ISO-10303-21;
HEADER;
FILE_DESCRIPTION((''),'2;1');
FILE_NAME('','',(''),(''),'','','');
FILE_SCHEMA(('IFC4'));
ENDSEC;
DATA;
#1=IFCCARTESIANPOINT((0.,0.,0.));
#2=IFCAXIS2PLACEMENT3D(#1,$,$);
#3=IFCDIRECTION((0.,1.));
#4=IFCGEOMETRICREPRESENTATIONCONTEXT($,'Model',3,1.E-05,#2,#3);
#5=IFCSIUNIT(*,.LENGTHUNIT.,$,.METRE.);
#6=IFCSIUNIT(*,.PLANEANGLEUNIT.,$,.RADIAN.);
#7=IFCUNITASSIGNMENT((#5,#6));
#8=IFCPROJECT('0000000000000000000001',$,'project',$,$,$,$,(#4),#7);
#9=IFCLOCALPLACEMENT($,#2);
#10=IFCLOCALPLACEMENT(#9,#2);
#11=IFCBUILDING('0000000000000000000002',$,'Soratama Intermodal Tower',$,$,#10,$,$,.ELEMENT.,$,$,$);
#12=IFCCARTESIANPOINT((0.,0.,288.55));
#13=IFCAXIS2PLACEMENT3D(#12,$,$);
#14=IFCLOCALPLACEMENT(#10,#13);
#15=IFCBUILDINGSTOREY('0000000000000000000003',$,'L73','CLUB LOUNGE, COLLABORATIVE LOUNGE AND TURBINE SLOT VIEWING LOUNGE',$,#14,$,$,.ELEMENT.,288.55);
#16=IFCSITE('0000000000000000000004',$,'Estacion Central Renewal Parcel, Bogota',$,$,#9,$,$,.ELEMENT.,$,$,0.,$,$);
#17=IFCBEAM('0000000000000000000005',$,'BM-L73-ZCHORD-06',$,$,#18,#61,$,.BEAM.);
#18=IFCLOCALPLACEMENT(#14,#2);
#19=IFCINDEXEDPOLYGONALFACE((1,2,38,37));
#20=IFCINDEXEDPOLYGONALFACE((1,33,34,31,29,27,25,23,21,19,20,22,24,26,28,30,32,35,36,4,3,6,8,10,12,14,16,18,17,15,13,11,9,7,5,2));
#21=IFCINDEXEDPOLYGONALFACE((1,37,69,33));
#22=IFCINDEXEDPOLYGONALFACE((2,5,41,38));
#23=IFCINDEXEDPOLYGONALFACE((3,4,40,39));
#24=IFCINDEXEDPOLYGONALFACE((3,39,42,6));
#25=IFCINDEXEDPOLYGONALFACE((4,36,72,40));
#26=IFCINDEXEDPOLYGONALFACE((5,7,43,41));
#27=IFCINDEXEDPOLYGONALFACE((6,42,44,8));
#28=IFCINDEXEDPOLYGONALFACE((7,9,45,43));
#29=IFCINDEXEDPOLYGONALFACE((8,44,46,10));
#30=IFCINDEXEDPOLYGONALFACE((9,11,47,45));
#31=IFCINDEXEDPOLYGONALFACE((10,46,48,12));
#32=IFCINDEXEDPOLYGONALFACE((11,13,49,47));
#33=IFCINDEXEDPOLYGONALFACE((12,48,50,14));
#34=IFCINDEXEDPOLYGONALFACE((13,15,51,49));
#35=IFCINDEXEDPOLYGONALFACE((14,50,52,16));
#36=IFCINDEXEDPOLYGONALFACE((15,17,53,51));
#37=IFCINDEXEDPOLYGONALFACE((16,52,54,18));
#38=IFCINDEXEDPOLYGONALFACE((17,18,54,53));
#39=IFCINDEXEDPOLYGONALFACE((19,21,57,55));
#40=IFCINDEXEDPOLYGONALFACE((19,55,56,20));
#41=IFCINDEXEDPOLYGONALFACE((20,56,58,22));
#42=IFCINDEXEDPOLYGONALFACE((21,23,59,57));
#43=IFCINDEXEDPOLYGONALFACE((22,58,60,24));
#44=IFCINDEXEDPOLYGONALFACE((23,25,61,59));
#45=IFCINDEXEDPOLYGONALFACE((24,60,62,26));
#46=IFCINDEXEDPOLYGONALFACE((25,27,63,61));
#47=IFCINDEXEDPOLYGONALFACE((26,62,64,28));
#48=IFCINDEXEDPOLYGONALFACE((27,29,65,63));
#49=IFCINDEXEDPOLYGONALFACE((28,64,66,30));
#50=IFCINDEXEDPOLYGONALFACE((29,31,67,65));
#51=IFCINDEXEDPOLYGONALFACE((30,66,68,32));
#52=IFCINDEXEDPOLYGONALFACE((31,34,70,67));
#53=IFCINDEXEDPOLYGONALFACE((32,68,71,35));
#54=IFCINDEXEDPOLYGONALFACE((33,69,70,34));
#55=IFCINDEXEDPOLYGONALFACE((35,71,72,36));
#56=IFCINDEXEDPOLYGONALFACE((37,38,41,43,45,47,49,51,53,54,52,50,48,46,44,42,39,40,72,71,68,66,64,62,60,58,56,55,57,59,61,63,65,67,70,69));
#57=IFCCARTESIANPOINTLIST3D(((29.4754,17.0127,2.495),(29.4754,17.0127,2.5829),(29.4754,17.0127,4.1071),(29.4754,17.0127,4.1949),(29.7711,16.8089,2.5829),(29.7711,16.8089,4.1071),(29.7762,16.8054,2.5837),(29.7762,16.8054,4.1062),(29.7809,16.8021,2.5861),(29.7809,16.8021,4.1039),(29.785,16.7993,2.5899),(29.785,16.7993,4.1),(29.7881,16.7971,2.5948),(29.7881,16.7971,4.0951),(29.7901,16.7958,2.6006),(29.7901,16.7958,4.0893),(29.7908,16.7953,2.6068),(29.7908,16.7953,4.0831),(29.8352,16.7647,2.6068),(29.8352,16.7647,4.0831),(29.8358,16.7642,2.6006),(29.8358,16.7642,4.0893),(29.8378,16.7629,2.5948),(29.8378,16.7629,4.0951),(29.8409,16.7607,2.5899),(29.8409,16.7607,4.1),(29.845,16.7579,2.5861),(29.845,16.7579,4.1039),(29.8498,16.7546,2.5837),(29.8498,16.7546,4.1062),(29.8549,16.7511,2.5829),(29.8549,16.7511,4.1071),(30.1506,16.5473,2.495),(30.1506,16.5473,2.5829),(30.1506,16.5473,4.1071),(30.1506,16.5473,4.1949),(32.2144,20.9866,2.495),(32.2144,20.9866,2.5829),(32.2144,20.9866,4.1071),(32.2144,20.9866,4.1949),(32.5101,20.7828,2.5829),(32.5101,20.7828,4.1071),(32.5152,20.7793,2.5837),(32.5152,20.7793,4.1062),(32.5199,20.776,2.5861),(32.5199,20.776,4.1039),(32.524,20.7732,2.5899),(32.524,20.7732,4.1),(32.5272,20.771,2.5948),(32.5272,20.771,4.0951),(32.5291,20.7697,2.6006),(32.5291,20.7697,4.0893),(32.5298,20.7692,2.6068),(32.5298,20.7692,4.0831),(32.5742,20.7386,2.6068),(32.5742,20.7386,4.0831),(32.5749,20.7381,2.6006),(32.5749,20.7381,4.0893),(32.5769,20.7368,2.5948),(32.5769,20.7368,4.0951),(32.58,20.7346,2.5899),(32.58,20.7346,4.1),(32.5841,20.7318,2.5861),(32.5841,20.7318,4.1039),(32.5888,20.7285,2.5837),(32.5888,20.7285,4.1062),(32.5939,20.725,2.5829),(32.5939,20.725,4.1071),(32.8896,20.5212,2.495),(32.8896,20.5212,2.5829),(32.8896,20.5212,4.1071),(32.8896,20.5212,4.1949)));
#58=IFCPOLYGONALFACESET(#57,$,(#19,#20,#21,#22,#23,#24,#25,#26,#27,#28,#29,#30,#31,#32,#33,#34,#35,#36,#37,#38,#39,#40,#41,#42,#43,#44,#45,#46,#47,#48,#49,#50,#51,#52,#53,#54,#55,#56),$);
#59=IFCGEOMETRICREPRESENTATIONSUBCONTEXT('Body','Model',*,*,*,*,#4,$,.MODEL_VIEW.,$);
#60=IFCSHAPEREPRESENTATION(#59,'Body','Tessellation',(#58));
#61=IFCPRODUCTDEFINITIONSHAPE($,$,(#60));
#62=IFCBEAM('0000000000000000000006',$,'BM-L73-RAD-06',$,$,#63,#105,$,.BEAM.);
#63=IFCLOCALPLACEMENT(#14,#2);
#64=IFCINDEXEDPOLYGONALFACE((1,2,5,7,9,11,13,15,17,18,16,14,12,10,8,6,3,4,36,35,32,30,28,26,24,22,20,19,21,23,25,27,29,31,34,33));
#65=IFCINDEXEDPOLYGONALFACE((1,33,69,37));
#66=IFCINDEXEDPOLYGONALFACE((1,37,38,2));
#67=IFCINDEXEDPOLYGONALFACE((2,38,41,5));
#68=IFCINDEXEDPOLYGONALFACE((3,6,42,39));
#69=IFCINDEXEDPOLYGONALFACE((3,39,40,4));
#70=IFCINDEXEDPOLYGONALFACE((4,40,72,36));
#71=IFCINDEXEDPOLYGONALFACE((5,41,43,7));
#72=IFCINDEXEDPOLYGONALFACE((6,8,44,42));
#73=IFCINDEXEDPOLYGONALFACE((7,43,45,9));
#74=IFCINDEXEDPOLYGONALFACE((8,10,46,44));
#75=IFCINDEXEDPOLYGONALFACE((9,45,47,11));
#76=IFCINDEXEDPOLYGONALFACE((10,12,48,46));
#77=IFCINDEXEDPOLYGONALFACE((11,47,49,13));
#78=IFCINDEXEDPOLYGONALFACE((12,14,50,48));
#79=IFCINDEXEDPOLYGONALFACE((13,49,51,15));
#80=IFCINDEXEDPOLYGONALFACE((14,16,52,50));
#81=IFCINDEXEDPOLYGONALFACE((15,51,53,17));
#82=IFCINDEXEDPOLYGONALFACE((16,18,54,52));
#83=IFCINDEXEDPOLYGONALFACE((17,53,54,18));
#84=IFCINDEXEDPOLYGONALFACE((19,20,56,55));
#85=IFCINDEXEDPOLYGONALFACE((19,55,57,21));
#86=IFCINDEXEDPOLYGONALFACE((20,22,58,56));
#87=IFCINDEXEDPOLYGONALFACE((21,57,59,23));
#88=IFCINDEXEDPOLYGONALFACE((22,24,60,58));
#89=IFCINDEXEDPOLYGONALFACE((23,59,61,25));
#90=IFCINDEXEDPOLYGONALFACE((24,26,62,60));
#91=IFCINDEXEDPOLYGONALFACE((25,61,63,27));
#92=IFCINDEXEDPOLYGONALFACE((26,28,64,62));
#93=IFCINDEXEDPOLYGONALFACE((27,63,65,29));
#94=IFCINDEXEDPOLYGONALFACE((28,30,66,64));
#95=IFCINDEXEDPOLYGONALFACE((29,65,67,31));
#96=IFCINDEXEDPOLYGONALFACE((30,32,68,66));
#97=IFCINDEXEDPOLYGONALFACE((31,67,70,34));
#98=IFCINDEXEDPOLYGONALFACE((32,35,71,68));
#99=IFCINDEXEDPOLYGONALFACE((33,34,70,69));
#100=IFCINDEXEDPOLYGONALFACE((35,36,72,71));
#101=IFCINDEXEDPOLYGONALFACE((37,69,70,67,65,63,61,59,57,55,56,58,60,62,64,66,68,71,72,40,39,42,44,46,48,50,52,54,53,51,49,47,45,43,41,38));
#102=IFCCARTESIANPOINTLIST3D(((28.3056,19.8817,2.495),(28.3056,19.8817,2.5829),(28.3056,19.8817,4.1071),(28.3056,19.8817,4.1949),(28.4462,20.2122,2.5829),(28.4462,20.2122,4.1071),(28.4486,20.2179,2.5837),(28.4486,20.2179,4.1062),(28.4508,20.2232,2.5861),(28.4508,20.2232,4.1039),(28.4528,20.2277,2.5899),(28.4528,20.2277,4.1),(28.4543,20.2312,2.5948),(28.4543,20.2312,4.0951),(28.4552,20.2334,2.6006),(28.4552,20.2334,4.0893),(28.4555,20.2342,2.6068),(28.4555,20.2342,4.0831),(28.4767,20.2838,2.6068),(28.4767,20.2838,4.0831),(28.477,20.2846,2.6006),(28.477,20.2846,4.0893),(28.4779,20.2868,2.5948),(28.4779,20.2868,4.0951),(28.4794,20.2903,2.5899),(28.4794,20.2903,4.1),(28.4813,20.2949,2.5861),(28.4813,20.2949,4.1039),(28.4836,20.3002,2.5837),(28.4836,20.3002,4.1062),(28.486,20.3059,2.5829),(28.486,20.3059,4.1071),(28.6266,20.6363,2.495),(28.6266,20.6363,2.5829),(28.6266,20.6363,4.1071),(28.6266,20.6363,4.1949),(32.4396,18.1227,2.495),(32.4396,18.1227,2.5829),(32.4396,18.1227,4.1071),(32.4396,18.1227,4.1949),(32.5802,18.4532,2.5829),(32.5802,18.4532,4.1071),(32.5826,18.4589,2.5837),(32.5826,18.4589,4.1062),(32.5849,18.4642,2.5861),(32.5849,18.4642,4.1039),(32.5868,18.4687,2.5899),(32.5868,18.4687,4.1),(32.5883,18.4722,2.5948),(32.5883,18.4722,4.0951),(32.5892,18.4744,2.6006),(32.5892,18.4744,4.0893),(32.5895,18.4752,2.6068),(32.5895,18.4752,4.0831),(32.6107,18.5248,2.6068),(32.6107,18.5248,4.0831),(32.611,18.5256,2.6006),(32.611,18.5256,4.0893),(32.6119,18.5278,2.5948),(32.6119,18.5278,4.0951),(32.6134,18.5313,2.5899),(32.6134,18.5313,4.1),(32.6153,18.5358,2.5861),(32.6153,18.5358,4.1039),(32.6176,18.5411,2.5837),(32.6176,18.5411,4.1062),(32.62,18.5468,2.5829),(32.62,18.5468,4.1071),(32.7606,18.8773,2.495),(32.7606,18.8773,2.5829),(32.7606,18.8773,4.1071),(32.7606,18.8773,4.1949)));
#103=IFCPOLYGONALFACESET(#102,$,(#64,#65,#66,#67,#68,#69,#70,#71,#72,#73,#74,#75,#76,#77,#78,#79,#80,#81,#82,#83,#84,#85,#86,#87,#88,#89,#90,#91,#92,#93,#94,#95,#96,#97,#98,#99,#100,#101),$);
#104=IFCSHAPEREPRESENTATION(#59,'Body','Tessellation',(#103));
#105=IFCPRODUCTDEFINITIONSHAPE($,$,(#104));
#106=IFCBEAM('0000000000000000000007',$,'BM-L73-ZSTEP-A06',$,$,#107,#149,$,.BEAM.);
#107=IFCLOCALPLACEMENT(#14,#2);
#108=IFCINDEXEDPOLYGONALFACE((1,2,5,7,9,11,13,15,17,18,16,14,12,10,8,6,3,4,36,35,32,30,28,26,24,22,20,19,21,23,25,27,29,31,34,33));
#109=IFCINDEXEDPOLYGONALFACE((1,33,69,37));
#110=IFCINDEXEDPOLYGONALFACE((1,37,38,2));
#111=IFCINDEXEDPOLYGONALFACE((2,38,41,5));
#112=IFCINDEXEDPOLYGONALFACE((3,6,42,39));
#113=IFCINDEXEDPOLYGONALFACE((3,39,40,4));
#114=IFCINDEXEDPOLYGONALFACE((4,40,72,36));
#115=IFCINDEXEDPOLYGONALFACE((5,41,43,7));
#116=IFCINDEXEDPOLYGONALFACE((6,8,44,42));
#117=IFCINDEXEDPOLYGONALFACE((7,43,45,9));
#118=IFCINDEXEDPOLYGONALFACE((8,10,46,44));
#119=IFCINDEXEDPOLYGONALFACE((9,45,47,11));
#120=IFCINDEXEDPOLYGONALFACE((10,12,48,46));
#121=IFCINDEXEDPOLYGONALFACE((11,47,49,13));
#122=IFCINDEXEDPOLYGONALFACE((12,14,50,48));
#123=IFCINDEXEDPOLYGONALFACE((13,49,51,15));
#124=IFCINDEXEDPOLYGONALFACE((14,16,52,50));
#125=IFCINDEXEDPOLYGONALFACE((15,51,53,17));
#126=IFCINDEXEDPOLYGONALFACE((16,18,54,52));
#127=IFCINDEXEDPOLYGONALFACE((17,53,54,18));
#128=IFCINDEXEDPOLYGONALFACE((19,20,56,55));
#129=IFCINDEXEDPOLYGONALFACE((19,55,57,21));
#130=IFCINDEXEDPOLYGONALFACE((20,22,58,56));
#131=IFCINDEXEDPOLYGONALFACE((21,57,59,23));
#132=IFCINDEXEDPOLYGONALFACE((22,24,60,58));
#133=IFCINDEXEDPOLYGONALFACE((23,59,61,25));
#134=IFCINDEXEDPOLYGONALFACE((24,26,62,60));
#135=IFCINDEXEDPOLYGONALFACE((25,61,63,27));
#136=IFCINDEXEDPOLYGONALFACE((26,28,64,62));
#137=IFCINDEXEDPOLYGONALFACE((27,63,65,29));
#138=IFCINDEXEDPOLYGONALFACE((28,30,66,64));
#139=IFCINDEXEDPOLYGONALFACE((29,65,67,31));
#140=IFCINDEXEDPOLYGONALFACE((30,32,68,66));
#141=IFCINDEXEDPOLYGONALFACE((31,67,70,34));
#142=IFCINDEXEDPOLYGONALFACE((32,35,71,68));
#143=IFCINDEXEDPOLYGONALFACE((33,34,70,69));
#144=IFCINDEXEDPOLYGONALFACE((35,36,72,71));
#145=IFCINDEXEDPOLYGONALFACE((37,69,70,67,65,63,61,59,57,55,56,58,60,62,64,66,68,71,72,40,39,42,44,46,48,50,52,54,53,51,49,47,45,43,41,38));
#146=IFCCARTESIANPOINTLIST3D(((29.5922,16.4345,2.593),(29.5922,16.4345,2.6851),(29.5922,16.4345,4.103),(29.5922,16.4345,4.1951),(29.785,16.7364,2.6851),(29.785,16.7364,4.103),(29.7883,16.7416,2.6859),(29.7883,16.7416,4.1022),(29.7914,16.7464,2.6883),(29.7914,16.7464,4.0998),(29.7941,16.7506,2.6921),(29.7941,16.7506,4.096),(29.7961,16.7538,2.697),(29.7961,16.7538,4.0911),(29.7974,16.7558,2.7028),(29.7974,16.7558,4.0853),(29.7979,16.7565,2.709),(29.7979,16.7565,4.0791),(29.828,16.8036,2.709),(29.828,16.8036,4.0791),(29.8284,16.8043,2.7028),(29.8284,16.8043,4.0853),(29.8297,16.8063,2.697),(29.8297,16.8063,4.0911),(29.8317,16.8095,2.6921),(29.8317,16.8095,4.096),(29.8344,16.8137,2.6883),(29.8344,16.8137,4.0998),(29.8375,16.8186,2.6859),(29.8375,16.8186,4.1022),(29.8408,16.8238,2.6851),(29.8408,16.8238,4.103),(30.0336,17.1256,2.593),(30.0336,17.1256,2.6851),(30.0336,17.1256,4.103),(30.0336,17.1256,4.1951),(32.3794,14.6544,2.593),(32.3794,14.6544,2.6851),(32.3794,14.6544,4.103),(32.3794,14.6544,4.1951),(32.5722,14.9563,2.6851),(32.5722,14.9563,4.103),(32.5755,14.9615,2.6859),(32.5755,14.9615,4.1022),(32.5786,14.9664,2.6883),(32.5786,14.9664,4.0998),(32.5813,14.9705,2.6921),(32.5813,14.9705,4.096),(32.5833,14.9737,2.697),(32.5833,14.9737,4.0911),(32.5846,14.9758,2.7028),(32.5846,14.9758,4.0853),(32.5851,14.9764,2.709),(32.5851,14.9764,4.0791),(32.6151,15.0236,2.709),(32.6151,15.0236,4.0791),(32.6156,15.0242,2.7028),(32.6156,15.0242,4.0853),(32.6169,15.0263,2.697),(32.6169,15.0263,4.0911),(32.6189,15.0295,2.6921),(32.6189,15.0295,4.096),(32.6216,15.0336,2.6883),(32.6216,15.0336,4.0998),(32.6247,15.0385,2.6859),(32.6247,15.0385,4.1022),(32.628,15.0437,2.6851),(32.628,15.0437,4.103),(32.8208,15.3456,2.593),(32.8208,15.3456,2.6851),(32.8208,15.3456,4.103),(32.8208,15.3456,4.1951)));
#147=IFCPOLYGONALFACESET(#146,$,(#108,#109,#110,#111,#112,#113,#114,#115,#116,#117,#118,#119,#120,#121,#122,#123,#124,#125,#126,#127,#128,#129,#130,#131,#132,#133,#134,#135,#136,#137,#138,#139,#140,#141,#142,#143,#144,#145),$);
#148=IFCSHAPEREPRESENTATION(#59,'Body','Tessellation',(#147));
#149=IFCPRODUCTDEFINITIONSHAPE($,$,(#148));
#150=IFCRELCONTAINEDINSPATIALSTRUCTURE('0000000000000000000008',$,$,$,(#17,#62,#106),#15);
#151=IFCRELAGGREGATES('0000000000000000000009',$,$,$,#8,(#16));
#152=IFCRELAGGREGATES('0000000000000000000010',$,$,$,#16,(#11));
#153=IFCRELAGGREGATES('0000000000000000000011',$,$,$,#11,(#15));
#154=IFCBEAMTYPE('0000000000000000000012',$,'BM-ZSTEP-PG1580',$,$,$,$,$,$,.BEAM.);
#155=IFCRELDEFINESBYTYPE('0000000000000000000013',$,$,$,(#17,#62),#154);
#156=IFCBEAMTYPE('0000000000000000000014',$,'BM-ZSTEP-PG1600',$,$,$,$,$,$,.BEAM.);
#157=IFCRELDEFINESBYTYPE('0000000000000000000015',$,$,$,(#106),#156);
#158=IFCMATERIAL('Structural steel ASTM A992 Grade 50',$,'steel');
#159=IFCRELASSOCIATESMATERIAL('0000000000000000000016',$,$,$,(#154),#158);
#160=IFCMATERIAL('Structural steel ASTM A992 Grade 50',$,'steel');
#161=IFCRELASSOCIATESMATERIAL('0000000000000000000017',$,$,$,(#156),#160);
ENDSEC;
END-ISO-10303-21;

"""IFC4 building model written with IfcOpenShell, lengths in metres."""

from ifc_helpers import new_model, si_unit, direction, frame, origin, origin_2d, place, context, subcontext, project, spatial, i_section, extrude, material, material_profile, profile_set, type_object, element, save


model = new_model("IFC4")

# Units and contexts
model_context = context("Model", 3, precision=1e-05, world=origin(), true_north=direction((0.0, 1.0)))
body_context = subcontext(model_context, "Body", "Model", "MODEL_VIEW")
ifc_project = project(units=[si_unit("LENGTHUNIT", "METRE"), si_unit("PLANEANGLEUNIT", "RADIAN")], contexts=[model_context])

# Site, building, storey
site_placement = place(None, origin())
site = spatial("IfcSite", under=ifc_project, at=site_placement, Name="Estacion Central Renewal Parcel, Bogota", CompositionType="ELEMENT", RefElevation=0.0)
building_placement = place(site_placement, origin())
building = spatial("IfcBuilding", under=site, at=building_placement, Name="Soratama Intermodal Tower", CompositionType="ELEMENT")
storey_placement = place(building_placement, frame((0.0, 0.0, 288.55)))
storey = spatial("IfcBuildingStorey", under=building, at=storey_placement, Name="L73", Description="CLUB LOUNGE, COLLABORATIVE LOUNGE AND TURBINE SLOT VIEWING LOUNGE", CompositionType="ELEMENT", Elevation=288.55)

# Beams
ifc_material_1 = material(Name="Structural steel ASTM A992 Grade 50", Category="steel")
ifc_material_profile_1 = material_profile(ifc_material_1, i_section(OverallWidth=0.8201, OverallDepth=1.7, WebThickness=0.054, FlangeThickness=0.0879, FilletRadius=0.0239, at=origin_2d()), Name="PG1580X800")
ifc_profile_set_1 = profile_set([ifc_material_profile_1], Name="Structural steel ASTM A992 Grade 50")
beam_type_1 = type_object("IfcBeamType", Name="BM-ZSTEP-PG1580", PredefinedType="BEAM", material=ifc_profile_set_1)
beam_1_placement = place(storey_placement, frame((32.552, 20.7539, 3.345), z_axis=(-0.56751, -0.823367, 0.0), x_axis=(0.823367, -0.56751, 0.0)))
element("IfcBeam", 1, at=beam_1_placement, inside=storey, type_object=beam_type_1, Name="BM-L73-ZCHORD-06", PredefinedType="BEAM", context=body_context, shape_type="SweptSolid", body=[
    extrude(i_section(OverallWidth=0.8201, OverallDepth=1.7, WebThickness=0.054, FlangeThickness=0.0879, FilletRadius=0.0239, at=origin_2d()), origin(), (0.0, 0.0, 1.0), 4.8264),
])
beam_2_placement = place(storey_placement, frame((32.6001, 18.5, 3.345), z_axis=(-0.920165, 0.391531, 0.0), x_axis=(-0.391531, -0.920165, 0.0)))
element("IfcBeam", 2, at=beam_2_placement, inside=storey, type_object=beam_type_1, Name="BM-L73-RAD-06", PredefinedType="BEAM", context=body_context, shape_type="SweptSolid", body=[
    extrude(i_section(OverallWidth=0.8201, OverallDepth=1.7, WebThickness=0.054, FlangeThickness=0.0879, FilletRadius=0.0239, at=origin_2d()), origin(), (0.0, 0.0, 1.0), 4.4927),
])
ifc_material_2 = material(Name="Structural steel ASTM A992 Grade 50", Category="steel")
ifc_material_profile_2 = material_profile(ifc_material_2, i_section(OverallWidth=0.8201, OverallDepth=1.6021, WebThickness=0.0559, FlangeThickness=0.092, FilletRadius=0.0239, at=origin_2d()), Name="PG1600X650")
ifc_profile_set_2 = profile_set([ifc_material_profile_2], Name="Structural steel ASTM A992 Grade 50")
beam_type_2 = type_object("IfcBeamType", Name="BM-ZSTEP-PG1600", PredefinedType="BEAM", material=ifc_profile_set_2)
beam_3_placement = place(storey_placement, frame((32.6001, 15.0, 3.394), z_axis=(-0.842782, 0.538255, 0.0), x_axis=(-0.538255, -0.842782, 0.0)))
element("IfcBeam", 3, at=beam_3_placement, inside=storey, type_object=beam_type_2, Name="BM-L73-ZSTEP-A06", PredefinedType="BEAM", context=body_context, shape_type="SweptSolid", body=[
    extrude(i_section(OverallWidth=0.8201, OverallDepth=1.6021, WebThickness=0.0559, FlangeThickness=0.092, FilletRadius=0.0239, at=origin_2d()), origin(), (0.0, 0.0, 1.0), 3.3071),
])

save(model, "model.ifc")
